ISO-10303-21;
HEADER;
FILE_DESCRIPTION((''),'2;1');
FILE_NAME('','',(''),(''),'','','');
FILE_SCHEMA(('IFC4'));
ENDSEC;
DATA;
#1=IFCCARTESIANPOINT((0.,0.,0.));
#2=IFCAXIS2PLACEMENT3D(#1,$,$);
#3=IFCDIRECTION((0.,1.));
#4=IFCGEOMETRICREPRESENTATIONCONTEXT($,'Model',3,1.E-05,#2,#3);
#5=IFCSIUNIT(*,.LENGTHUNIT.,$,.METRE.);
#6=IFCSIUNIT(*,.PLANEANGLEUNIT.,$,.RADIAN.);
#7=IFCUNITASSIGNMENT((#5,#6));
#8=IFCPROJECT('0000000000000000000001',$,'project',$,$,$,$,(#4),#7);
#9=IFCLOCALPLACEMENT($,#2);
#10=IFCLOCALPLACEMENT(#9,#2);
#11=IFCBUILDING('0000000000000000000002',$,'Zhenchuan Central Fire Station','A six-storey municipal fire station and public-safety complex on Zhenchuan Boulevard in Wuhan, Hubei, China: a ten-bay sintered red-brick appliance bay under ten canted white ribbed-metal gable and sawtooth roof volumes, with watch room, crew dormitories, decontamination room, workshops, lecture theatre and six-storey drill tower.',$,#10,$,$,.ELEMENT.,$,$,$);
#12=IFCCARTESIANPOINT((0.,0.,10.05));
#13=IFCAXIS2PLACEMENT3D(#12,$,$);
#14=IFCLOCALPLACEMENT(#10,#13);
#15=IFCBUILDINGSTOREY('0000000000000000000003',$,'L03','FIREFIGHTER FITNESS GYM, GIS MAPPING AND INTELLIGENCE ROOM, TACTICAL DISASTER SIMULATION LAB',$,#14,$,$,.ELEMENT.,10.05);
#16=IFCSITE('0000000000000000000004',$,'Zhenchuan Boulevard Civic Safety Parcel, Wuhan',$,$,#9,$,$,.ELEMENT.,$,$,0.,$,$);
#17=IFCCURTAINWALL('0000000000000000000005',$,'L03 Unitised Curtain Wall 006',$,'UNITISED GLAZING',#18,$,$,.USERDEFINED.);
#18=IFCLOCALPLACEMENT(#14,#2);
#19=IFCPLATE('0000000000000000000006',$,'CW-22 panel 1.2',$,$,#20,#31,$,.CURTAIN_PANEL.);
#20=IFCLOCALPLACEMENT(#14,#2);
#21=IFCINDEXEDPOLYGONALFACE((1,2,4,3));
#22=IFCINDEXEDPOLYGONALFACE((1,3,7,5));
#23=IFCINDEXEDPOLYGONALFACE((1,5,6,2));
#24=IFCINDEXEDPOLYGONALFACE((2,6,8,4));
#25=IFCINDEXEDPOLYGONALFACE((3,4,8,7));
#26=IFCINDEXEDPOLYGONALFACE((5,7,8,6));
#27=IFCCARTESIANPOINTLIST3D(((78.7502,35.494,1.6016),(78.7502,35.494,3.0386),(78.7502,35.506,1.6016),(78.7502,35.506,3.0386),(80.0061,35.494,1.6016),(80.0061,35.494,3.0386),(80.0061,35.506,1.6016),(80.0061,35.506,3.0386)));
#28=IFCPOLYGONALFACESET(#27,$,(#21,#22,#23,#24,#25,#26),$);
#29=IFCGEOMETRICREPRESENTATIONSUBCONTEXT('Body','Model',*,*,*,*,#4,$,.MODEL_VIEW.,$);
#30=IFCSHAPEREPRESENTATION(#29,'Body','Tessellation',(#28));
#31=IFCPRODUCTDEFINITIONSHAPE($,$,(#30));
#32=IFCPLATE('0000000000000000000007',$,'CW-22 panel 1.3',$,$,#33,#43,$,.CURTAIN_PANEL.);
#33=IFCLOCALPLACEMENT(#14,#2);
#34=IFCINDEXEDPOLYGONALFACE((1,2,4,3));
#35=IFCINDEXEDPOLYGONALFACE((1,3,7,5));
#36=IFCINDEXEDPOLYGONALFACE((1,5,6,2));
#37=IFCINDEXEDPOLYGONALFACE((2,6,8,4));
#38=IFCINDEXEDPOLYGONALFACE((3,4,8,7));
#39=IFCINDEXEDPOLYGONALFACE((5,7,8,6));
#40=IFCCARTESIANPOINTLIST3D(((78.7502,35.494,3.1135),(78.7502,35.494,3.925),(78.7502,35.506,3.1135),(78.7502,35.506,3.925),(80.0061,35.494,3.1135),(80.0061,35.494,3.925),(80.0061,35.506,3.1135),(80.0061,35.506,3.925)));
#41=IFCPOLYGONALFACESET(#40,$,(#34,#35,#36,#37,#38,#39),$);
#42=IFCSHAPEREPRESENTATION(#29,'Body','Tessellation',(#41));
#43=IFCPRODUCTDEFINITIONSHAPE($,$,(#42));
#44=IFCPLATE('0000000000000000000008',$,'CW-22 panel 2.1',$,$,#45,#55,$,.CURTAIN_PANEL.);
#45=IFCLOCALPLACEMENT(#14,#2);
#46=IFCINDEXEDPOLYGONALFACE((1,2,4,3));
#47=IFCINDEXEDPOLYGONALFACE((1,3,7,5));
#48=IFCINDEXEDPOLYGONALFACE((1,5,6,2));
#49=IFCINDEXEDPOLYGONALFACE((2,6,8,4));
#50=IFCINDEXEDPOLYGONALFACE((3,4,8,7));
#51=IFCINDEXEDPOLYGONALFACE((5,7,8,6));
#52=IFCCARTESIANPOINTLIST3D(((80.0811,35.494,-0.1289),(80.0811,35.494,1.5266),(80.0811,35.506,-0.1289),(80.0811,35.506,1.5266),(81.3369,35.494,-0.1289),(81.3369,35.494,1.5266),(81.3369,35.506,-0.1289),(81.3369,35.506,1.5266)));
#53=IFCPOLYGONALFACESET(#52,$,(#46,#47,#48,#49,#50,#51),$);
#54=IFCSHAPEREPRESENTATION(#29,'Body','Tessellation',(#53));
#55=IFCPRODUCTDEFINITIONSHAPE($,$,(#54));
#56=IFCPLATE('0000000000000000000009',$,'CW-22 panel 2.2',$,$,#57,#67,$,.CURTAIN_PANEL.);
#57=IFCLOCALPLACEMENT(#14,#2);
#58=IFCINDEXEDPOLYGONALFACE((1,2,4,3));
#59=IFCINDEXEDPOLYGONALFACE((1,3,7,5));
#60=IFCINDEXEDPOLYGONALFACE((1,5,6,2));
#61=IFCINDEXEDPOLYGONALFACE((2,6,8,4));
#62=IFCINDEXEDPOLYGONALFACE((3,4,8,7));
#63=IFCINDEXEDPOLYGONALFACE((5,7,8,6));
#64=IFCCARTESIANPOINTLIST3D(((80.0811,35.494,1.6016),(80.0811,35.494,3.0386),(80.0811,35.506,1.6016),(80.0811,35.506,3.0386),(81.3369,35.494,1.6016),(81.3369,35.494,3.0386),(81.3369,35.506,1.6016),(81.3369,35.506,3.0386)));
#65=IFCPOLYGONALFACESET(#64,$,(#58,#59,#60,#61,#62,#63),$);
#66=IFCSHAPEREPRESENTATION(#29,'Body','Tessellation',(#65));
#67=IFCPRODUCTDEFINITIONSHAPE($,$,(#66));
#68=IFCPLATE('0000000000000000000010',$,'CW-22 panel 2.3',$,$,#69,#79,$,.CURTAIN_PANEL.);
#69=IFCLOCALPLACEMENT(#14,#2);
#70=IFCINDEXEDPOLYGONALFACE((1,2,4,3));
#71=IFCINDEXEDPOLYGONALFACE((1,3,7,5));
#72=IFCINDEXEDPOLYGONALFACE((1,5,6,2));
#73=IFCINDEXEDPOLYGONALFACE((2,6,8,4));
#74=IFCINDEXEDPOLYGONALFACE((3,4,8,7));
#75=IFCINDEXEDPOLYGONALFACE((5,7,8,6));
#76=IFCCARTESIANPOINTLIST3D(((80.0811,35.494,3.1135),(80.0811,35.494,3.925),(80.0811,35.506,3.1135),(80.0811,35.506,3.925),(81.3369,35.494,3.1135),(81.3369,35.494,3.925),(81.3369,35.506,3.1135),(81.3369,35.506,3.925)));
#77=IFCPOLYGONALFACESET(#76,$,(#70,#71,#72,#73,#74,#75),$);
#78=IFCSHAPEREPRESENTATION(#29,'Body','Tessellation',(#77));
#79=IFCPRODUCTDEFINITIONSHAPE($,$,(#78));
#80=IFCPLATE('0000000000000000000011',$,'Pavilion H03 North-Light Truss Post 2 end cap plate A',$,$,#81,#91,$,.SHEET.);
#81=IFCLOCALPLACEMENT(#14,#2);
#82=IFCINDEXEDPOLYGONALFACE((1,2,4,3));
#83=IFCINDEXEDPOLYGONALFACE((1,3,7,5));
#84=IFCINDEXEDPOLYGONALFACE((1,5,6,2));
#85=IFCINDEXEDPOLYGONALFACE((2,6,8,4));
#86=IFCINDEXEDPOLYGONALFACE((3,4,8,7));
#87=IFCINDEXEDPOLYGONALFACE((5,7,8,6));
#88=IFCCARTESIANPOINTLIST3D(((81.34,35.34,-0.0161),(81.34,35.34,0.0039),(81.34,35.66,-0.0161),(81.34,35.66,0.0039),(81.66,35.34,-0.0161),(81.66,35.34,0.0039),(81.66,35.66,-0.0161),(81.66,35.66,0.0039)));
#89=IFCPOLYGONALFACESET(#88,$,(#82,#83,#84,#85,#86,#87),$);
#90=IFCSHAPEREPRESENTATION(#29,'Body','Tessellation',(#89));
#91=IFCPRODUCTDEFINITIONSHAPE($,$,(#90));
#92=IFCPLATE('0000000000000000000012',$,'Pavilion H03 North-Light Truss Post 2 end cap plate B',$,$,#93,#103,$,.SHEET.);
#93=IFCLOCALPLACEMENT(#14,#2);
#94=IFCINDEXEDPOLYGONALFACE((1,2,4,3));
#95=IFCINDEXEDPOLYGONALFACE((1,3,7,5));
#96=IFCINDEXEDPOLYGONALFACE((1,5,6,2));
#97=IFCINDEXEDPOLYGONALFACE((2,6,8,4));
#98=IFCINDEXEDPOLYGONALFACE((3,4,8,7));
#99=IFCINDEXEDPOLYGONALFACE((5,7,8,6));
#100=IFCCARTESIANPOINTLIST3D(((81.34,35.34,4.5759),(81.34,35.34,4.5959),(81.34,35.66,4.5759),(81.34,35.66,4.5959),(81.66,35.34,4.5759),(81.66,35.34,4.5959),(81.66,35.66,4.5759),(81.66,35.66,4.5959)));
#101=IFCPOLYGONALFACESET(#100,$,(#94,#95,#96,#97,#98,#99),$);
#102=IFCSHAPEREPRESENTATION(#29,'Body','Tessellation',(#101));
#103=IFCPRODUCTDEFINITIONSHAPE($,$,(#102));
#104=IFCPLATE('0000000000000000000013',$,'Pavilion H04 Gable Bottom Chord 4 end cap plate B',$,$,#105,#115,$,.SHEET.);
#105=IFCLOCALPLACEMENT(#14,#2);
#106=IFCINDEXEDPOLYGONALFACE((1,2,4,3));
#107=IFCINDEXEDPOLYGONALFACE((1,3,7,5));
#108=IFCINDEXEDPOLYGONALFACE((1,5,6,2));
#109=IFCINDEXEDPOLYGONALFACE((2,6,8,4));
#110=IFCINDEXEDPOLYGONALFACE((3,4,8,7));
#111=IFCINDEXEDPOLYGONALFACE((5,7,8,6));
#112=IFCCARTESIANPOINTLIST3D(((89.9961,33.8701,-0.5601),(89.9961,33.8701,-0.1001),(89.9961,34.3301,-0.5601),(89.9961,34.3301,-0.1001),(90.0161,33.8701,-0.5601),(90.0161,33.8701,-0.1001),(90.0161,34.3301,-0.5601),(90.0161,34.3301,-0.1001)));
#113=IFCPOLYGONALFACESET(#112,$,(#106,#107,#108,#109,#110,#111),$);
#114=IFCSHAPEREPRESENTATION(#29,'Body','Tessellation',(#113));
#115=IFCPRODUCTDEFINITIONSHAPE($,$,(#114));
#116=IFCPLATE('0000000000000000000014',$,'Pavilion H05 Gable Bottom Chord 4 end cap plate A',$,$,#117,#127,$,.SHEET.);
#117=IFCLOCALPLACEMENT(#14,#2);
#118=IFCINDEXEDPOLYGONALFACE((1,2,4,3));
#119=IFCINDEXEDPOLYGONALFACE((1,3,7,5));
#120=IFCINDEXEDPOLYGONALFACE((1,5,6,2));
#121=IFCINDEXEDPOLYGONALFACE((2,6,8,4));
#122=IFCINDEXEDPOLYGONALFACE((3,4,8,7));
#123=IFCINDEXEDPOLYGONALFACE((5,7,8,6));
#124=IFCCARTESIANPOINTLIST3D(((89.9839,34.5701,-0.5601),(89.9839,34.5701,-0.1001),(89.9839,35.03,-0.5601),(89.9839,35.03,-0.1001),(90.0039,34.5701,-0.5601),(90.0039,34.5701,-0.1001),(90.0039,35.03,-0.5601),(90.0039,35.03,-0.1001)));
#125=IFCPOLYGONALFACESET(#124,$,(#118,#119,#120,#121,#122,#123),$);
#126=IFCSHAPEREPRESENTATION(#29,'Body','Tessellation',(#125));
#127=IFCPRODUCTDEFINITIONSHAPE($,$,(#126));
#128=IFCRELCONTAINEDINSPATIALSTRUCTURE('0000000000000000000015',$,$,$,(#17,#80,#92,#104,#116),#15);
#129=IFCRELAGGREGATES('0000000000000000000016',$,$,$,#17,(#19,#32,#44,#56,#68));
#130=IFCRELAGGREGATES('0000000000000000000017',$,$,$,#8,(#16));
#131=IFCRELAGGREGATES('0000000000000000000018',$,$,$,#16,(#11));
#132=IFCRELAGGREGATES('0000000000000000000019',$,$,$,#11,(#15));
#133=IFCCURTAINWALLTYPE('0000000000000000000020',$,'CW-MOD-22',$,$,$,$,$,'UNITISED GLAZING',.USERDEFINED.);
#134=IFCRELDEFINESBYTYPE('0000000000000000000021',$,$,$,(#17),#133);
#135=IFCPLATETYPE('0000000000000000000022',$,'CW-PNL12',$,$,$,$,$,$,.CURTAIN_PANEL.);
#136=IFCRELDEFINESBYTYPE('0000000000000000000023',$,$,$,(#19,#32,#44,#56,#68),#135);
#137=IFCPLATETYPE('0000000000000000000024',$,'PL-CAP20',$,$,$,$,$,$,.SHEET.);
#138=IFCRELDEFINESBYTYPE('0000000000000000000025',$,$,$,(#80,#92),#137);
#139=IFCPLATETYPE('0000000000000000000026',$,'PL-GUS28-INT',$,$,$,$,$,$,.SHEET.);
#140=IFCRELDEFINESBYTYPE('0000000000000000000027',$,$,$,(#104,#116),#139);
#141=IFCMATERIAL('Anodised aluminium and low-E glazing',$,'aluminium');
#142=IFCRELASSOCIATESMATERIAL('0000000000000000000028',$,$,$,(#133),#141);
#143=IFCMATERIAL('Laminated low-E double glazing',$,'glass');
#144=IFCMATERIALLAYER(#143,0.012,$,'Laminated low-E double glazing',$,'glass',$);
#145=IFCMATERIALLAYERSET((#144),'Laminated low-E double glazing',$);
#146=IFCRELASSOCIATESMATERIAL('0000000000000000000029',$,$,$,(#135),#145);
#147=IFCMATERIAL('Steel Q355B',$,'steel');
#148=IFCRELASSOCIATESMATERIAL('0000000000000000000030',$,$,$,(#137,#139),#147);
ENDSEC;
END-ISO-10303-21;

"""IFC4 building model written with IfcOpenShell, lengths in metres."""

from ifc_helpers import new_model, si_unit, direction, frame, origin, origin_2d, place, context, subcontext, project, spatial, rectangle, extrude, material, layer, layer_set, material_profile, profile_set, type_object, element, aggregate, save


model = new_model("IFC4")

# Units and contexts
model_context = context("Model", 3, precision=1e-05, world=origin(), true_north=direction((0.0, 1.0)))
body_context = subcontext(model_context, "Body", "Model", "MODEL_VIEW")
ifc_project = project(units=[si_unit("LENGTHUNIT", "METRE"), si_unit("PLANEANGLEUNIT", "RADIAN")], contexts=[model_context])

# Site, building, storey
site_placement = place(None, origin())
site = spatial("IfcSite", under=ifc_project, at=site_placement, Name="Zhenchuan Boulevard Civic Safety Parcel, Wuhan", CompositionType="ELEMENT", RefElevation=0.0)
building_placement = place(site_placement, origin())
building = spatial("IfcBuilding", under=site, at=building_placement, Name="Zhenchuan Central Fire Station", Description="A six-storey municipal fire station and public-safety complex on Zhenchuan Boulevard in Wuhan, Hubei, China: a ten-bay sintered red-brick appliance bay under ten canted white ribbed-metal gable and sawtooth roof volumes, with watch room, crew dormitories, decontamination room, workshops, lecture theatre and six-storey drill tower.", CompositionType="ELEMENT")
storey_placement = place(building_placement, frame((0.0, 0.0, 10.05)))
storey = spatial("IfcBuildingStorey", under=building, at=storey_placement, Name="L03", Description="FIREFIGHTER FITNESS GYM, GIS MAPPING AND INTELLIGENCE ROOM, TACTICAL DISASTER SIMULATION LAB", CompositionType="ELEMENT", Elevation=10.05)

# Shared definitions
ifc_material_1 = material(Name="Anodised aluminium and low-E glazing", Category="aluminium")

# Curtain wall
curtain_wall_type_1 = type_object("IfcCurtainWallType", Name="CW-MOD-22", ElementType="UNITISED GLAZING", PredefinedType="USERDEFINED", material=ifc_material_1)
curtain_wall_1_placement = place(storey_placement, origin())
curtain_wall_1 = element("IfcCurtainWall", 1, at=curtain_wall_1_placement, inside=storey, type_object=curtain_wall_type_1, Name="L03 Unitised Curtain Wall 006", ObjectType="UNITISED GLAZING", PredefinedType="USERDEFINED")

# Shared definitions
ifc_material_2 = material(Name="Steel Q355B", Category="steel")

# Plates
ifc_material_3 = material(Name="Laminated low-E double glazing", Category="glass")
ifc_layer = layer(ifc_material_3, 0.012, Name="Laminated low-E double glazing", Category="glass")
ifc_layer_set = layer_set([ifc_layer], Name="Laminated low-E double glazing")
plate_type_1 = type_object("IfcPlateType", Name="CW-PNL12", PredefinedType="CURTAIN_PANEL", material=ifc_layer_set)
plate_1_placement = place(storey_placement, frame((79.3782, 35.5, 1.6016), z_axis=(0.0, 0.0, 1.0), x_axis=(1.0, 0.0, 0.0)))
plate_1 = element("IfcPlate", 2, at=plate_1_placement, type_object=plate_type_1, Name="CW-22 panel 1.2", PredefinedType="CURTAIN_PANEL", context=body_context, shape_type="SweptSolid", body=[
    extrude(rectangle(XDim=1.2559, YDim=0.012, at=origin_2d()), origin(), (0.0, 0.0, 1.0), 1.437),
])
plate_2_placement = place(storey_placement, frame((79.3782, 35.5, 3.1135), z_axis=(0.0, 0.0, 1.0), x_axis=(1.0, 0.0, 0.0)))
plate_2 = element("IfcPlate", 3, at=plate_2_placement, type_object=plate_type_1, Name="CW-22 panel 1.3", PredefinedType="CURTAIN_PANEL", context=body_context, shape_type="SweptSolid", body=[
    extrude(rectangle(XDim=1.2559, YDim=0.012, at=origin_2d()), origin(), (0.0, 0.0, 1.0), 0.8115),
])
plate_3_placement = place(storey_placement, frame((80.709, 35.5, -0.1289), z_axis=(0.0, 0.0, 1.0), x_axis=(1.0, 0.0, 0.0)))
plate_3 = element("IfcPlate", 4, at=plate_3_placement, type_object=plate_type_1, Name="CW-22 panel 2.1", PredefinedType="CURTAIN_PANEL", context=body_context, shape_type="SweptSolid", body=[
    extrude(rectangle(XDim=1.2559, YDim=0.012, at=origin_2d()), origin(), (0.0, 0.0, 1.0), 1.6555),
])
plate_4_placement = place(storey_placement, frame((80.709, 35.5, 1.6016), z_axis=(0.0, 0.0, 1.0), x_axis=(1.0, 0.0, 0.0)))
plate_4 = element("IfcPlate", 5, at=plate_4_placement, type_object=plate_type_1, Name="CW-22 panel 2.2", PredefinedType="CURTAIN_PANEL", context=body_context, shape_type="SweptSolid", body=[
    extrude(rectangle(XDim=1.2559, YDim=0.012, at=origin_2d()), origin(), (0.0, 0.0, 1.0), 1.437),
])
plate_5_placement = place(storey_placement, frame((80.709, 35.5, 3.1135), z_axis=(0.0, 0.0, 1.0), x_axis=(1.0, 0.0, 0.0)))
plate_5 = element("IfcPlate", 6, at=plate_5_placement, type_object=plate_type_1, Name="CW-22 panel 2.3", PredefinedType="CURTAIN_PANEL", context=body_context, shape_type="SweptSolid", body=[
    extrude(rectangle(XDim=1.2559, YDim=0.012, at=origin_2d()), origin(), (0.0, 0.0, 1.0), 0.8115),
])
aggregate(curtain_wall_1, [plate_1, plate_2, plate_3, plate_4, plate_5])

# Plates
ifc_material_profile_1 = material_profile(ifc_material_2, rectangle(XDim=0.3201, YDim=0.3201, at=origin_2d()), Name="PL 320x320x20")
ifc_profile_set_1 = profile_set([ifc_material_profile_1], Name="Steel Q355B")
plate_type_2 = type_object("IfcPlateType", Name="PL-CAP20", PredefinedType="SHEET", material=ifc_profile_set_1)
for number, where, z_axis, x_axis, name in (
    (7, (81.5, 35.5, -0.0161), (0.0, 0.0, 1.0), (1.0, 0.0, 0.0), "Pavilion H03 North-Light Truss Post 2 end cap plate A"),
    (8, (81.5, 35.5, 4.5759), (0.0, 0.0, 1.0), (1.0, 0.0, 0.0), "Pavilion H03 North-Light Truss Post 2 end cap plate B"),
):
    element("IfcPlate", number, at=place(storey_placement, frame(where, z_axis=z_axis, x_axis=x_axis)), inside=storey, type_object=plate_type_2, Name=name, PredefinedType="SHEET", context=body_context, shape_type="SweptSolid", body=[
        extrude(rectangle(XDim=0.3201, YDim=0.3201, at=origin_2d()), origin(), (0.0, 0.0, 1.0), 0.02),
    ])
ifc_material_profile_2 = material_profile(ifc_material_2, rectangle(XDim=0.46, YDim=0.46, at=origin_2d()), Name="PL 460x460x28")
ifc_profile_set_2 = profile_set([ifc_material_profile_2], Name="Steel Q355B")
plate_type_3 = type_object("IfcPlateType", Name="PL-GUS28-INT", PredefinedType="SHEET", material=ifc_profile_set_2)
for number, where, z_axis, x_axis, name in (
    (9, (89.9961, 34.1001, -0.3301), (1.0, 0.0, 0.0), (0.0, 1.0, 0.0), "Pavilion H04 Gable Bottom Chord 4 end cap plate B"),
    (10, (89.9839, 34.8, -0.3301), (1.0, 0.0, 0.0), (0.0, 1.0, 0.0), "Pavilion H05 Gable Bottom Chord 4 end cap plate A"),
):
    element("IfcPlate", number, at=place(storey_placement, frame(where, z_axis=z_axis, x_axis=x_axis)), inside=storey, type_object=plate_type_3, Name=name, PredefinedType="SHEET", context=body_context, shape_type="SweptSolid", body=[
        extrude(rectangle(XDim=0.46, YDim=0.46, at=origin_2d()), origin(), (0.0, 0.0, 1.0), 0.02),
    ])

save(model, "model.ifc")
